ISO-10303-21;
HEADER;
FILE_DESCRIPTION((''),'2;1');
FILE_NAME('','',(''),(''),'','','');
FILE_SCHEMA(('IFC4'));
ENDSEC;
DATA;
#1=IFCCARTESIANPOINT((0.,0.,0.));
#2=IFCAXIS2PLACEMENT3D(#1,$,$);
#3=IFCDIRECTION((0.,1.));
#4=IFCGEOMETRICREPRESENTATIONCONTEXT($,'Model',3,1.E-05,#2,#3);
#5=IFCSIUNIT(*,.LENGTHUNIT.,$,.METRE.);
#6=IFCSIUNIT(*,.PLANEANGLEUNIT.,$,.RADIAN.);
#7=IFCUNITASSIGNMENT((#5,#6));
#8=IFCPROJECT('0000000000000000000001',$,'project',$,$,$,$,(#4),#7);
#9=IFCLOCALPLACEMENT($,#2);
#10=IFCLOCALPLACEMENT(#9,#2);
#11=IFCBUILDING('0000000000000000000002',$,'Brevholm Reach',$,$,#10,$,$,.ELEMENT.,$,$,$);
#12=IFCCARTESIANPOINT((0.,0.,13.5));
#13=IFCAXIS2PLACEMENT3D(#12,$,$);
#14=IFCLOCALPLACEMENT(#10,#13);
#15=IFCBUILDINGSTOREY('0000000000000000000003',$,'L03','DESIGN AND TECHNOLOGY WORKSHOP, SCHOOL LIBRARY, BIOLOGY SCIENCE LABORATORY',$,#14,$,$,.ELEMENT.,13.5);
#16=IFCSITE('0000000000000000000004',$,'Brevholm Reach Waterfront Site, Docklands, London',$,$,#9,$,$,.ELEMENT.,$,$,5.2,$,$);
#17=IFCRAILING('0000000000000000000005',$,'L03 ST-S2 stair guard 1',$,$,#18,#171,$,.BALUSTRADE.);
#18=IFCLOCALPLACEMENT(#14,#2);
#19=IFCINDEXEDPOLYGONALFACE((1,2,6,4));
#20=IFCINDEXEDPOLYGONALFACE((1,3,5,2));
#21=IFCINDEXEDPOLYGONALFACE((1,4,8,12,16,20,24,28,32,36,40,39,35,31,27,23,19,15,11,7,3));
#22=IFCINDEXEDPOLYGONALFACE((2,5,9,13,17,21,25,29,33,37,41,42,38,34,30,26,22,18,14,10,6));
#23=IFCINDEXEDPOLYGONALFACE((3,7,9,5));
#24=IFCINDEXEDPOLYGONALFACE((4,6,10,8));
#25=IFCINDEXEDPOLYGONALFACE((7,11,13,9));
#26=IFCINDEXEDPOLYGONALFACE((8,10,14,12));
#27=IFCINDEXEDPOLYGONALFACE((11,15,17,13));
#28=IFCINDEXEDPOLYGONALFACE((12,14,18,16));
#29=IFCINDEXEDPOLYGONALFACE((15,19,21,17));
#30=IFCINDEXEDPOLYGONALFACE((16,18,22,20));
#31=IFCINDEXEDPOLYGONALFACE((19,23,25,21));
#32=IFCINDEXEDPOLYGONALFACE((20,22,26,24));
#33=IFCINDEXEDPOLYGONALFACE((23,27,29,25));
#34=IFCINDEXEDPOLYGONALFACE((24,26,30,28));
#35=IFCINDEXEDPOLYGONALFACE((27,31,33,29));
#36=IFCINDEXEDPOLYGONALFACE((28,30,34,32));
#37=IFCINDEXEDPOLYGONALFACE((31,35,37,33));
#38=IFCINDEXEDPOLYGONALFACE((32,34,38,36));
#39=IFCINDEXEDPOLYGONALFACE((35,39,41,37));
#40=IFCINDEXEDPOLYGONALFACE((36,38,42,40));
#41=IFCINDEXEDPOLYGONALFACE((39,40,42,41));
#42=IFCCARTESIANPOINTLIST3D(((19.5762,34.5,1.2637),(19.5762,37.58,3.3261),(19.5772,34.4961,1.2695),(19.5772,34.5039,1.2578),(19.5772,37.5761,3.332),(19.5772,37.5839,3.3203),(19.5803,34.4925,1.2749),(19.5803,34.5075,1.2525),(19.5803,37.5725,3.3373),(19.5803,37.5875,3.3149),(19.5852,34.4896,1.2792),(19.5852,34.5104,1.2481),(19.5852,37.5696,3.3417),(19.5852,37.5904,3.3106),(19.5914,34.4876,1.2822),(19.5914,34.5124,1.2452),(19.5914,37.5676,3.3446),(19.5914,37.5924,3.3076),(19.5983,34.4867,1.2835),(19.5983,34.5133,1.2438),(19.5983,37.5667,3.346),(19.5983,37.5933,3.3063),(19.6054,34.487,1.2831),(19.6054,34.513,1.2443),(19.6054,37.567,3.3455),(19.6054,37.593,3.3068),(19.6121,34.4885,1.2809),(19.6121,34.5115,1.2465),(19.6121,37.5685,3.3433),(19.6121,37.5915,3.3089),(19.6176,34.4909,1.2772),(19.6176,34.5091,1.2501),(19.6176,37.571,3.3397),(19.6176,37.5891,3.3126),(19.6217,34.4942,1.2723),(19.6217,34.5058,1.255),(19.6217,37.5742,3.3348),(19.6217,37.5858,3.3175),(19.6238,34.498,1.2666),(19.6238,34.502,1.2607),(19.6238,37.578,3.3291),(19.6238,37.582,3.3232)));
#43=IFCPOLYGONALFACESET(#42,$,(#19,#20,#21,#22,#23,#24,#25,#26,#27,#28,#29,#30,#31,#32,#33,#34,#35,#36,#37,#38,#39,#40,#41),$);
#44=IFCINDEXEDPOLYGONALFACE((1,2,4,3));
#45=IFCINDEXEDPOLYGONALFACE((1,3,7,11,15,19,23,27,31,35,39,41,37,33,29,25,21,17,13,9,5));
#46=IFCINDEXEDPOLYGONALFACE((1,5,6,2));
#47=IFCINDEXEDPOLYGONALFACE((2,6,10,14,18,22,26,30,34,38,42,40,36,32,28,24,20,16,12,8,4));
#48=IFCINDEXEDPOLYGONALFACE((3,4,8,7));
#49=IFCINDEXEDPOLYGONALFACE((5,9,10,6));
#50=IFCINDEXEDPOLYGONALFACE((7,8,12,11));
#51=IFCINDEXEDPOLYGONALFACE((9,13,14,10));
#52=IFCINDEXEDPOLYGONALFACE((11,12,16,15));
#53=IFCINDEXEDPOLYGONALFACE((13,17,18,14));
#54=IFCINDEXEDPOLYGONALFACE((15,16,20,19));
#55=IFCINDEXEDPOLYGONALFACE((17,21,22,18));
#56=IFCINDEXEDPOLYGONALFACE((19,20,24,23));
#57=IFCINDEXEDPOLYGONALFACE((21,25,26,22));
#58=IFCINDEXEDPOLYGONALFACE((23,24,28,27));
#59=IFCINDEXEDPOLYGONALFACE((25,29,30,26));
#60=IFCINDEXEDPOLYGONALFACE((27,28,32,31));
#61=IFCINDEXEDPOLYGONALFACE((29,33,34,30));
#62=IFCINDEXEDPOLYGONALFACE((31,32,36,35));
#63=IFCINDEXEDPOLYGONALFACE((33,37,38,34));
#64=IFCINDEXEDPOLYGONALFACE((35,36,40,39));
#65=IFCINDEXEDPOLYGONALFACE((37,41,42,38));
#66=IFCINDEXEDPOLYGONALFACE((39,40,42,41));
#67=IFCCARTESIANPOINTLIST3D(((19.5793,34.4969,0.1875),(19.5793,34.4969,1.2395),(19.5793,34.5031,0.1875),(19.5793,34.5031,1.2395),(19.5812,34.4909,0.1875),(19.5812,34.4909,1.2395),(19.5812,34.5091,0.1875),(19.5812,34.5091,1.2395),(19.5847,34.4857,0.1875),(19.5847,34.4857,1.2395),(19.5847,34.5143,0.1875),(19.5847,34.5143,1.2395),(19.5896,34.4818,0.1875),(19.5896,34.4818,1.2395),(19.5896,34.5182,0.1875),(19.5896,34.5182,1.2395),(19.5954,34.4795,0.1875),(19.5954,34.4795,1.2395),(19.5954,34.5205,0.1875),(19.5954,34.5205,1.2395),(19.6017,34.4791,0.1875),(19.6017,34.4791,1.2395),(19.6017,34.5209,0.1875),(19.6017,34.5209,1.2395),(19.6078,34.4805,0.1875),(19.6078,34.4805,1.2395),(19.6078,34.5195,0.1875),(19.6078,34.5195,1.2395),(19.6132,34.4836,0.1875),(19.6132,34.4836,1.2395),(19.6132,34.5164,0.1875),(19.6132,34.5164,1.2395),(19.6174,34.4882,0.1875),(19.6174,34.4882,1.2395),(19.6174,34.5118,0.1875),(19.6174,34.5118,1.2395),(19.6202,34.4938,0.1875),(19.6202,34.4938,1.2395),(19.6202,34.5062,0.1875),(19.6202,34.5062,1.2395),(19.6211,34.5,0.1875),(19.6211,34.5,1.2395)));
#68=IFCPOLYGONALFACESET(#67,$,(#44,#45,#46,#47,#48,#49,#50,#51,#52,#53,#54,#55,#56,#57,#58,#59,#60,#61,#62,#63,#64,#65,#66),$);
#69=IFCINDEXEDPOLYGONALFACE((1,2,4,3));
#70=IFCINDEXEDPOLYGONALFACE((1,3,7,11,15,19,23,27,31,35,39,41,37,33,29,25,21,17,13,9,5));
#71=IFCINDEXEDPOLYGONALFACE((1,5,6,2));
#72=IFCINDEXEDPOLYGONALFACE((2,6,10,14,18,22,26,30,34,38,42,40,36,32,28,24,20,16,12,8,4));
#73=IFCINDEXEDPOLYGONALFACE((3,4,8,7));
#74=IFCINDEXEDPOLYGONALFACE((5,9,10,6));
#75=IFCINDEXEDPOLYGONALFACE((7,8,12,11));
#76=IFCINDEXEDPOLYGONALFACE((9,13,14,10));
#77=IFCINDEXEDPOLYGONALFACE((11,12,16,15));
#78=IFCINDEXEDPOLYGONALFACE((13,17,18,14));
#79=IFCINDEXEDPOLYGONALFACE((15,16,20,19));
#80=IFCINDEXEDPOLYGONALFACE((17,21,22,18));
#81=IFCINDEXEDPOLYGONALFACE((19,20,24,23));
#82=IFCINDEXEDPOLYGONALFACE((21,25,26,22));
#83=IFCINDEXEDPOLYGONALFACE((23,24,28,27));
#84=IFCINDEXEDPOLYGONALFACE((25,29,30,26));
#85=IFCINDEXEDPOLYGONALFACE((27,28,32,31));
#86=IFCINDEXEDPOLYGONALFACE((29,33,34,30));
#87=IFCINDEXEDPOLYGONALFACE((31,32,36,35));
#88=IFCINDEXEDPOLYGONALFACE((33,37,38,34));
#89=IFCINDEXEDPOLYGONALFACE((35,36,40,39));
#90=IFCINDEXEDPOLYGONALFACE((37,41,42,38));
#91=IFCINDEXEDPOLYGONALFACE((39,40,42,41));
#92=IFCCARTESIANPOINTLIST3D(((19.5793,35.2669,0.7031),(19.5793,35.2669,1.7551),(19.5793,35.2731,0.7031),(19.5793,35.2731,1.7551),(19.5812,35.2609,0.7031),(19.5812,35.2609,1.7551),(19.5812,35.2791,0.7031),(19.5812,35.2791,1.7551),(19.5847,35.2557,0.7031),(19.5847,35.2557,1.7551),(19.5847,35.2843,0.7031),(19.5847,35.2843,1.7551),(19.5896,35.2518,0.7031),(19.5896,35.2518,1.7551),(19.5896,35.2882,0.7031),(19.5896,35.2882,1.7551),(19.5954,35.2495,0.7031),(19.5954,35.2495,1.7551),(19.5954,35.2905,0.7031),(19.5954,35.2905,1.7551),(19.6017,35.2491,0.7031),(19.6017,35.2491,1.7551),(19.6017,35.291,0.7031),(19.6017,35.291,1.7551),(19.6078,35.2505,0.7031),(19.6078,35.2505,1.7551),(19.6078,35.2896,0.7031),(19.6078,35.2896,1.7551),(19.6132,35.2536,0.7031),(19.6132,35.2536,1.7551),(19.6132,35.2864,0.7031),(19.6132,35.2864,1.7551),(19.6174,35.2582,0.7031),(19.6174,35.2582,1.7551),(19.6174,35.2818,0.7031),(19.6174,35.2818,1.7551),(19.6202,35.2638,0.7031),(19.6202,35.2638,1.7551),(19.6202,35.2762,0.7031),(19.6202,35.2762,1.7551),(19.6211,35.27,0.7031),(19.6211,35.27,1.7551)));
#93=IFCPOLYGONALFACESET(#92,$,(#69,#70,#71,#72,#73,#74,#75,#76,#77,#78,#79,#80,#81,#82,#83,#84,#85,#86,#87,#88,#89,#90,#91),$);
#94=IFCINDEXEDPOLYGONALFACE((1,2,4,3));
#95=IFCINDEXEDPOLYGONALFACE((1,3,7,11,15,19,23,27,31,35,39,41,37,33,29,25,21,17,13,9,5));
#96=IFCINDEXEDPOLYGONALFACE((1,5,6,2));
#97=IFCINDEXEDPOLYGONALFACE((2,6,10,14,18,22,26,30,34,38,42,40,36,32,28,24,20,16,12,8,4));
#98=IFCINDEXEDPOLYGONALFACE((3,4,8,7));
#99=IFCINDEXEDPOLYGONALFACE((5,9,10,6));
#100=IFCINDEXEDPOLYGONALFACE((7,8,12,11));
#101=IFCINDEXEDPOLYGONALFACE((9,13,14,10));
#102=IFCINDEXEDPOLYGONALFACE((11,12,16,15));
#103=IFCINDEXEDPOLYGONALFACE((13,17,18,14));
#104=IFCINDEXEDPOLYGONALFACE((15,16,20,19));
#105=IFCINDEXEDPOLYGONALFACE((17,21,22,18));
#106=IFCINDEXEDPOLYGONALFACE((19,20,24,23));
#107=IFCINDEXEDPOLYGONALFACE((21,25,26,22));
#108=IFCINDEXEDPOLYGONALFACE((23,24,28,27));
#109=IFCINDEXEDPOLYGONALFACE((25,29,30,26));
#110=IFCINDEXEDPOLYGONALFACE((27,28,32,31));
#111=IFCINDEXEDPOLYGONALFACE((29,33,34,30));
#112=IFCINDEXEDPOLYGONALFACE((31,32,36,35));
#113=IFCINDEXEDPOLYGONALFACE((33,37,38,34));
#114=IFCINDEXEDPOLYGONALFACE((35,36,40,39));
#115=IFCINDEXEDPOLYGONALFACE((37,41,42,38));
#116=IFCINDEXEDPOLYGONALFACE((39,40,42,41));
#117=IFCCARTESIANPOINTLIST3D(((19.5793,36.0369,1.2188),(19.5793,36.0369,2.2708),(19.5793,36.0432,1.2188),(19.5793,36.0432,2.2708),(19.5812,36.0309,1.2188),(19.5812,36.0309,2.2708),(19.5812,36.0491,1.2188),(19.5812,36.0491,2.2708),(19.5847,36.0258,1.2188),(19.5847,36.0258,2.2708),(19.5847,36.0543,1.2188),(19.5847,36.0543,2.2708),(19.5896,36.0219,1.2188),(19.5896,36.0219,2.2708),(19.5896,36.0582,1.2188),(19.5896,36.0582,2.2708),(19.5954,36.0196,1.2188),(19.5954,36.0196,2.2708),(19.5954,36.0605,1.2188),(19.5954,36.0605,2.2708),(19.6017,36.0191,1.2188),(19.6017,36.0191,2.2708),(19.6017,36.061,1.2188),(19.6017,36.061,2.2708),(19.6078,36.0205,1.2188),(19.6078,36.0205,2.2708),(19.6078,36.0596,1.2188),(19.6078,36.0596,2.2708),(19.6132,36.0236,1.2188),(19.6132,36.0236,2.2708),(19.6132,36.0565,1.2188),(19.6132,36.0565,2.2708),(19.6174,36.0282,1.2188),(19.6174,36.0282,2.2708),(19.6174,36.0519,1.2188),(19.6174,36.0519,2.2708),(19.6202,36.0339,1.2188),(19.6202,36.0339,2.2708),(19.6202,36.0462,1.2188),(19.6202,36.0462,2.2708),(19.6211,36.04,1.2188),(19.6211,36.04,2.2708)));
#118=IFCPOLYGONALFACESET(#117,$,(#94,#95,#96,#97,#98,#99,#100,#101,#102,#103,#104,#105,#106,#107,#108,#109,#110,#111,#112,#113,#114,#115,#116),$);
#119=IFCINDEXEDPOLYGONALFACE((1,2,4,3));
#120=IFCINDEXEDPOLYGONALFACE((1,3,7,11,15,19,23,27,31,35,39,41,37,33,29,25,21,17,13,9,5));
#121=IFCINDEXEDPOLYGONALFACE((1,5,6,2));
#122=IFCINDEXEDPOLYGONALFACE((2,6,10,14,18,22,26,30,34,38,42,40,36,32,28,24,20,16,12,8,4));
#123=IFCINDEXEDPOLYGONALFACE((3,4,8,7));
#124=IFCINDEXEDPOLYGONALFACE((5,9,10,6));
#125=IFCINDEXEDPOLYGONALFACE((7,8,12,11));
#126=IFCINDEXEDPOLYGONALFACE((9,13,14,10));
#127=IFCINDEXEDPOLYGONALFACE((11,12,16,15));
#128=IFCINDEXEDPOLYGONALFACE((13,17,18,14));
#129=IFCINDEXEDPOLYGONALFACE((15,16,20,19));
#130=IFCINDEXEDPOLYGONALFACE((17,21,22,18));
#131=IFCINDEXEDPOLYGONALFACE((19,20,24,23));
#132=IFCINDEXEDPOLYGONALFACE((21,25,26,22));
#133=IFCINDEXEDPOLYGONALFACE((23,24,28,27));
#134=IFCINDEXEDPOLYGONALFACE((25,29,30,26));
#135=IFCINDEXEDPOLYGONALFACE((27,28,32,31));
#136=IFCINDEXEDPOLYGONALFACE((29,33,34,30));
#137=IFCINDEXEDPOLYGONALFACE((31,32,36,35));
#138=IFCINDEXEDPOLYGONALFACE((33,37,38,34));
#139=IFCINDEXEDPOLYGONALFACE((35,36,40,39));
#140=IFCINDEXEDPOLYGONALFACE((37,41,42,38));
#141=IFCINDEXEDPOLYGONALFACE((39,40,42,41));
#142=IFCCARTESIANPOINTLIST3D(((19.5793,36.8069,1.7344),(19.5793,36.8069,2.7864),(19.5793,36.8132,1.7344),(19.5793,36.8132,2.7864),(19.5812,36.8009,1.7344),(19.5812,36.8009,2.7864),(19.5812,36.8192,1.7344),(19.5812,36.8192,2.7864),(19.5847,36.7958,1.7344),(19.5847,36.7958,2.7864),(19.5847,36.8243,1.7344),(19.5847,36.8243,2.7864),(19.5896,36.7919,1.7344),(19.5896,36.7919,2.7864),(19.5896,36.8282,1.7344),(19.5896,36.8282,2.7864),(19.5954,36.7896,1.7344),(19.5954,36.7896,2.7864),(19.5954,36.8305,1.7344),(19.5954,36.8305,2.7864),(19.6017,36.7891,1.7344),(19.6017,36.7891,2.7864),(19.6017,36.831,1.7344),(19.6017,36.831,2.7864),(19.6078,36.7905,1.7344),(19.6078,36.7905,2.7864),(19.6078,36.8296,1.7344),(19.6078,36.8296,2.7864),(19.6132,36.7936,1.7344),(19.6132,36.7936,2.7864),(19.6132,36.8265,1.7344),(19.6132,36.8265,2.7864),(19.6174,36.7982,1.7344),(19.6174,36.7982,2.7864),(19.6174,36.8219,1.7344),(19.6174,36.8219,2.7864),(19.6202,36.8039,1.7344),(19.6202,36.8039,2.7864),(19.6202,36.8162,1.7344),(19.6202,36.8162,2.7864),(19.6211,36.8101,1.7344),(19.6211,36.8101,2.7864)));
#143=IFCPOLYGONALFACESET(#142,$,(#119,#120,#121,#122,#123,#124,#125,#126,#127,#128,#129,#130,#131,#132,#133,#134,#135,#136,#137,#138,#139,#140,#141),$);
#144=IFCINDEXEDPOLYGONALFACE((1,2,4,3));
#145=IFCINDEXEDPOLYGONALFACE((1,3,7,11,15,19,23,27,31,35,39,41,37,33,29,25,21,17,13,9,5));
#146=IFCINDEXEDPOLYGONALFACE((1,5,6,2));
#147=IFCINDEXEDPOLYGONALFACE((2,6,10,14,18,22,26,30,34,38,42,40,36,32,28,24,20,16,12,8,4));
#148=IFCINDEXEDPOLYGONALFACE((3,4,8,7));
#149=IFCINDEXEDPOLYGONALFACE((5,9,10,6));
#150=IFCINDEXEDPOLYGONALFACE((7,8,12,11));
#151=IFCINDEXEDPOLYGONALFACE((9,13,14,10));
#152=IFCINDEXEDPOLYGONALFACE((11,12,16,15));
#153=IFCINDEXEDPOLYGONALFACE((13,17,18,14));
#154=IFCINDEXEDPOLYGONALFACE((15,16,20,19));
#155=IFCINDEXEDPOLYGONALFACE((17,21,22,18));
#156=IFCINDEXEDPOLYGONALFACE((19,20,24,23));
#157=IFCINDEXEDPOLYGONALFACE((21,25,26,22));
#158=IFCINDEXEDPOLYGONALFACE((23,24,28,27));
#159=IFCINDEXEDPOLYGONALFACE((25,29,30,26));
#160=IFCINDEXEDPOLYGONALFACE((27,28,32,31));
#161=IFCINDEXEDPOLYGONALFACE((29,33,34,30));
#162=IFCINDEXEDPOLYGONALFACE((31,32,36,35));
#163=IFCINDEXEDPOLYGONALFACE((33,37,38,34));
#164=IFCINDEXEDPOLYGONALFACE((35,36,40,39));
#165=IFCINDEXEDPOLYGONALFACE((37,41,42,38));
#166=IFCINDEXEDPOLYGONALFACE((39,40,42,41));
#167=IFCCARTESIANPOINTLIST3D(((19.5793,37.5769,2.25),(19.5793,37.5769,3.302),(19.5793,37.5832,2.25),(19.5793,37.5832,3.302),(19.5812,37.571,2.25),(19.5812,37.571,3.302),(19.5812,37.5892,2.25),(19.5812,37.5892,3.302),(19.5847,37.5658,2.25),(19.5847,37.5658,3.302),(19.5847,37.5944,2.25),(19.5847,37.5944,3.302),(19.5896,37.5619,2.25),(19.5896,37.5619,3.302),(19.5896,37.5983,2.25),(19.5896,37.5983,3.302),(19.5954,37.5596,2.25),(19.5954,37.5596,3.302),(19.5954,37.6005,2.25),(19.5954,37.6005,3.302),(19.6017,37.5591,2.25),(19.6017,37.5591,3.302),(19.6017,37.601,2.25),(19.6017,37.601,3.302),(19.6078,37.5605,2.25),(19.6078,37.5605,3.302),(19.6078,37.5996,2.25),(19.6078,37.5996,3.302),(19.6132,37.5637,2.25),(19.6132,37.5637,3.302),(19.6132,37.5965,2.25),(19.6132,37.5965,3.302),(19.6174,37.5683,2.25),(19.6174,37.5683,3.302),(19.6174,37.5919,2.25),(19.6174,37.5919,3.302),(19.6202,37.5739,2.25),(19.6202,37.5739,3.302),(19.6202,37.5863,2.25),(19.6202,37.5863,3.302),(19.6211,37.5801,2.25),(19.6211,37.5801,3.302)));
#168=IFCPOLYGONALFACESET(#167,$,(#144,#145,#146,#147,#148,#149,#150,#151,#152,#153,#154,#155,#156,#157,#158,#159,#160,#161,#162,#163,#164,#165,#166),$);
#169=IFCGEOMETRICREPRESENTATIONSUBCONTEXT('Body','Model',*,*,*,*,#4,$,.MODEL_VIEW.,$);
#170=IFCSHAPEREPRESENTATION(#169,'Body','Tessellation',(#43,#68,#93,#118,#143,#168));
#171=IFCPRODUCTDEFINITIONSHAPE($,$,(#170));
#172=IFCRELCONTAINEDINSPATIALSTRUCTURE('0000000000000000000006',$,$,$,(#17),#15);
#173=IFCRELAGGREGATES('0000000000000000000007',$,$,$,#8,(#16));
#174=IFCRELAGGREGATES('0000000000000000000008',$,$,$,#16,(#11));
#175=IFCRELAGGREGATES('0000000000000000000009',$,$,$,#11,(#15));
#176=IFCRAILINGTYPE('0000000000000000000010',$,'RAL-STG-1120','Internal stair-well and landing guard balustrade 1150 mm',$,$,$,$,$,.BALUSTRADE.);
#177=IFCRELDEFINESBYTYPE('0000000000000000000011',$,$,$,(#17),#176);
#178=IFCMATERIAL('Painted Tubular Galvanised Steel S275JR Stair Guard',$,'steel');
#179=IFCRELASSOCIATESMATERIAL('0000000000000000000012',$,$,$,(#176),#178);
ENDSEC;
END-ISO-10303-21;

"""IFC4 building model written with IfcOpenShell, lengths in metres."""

from ifc_helpers import new_model, si_unit, direction, frame, origin, origin_2d, place, context, subcontext, project, spatial, circle, extrude, material, type_object, element, save


model = new_model("IFC4")

# Units and contexts
model_context = context("Model", 3, precision=1e-05, world=origin(), true_north=direction((0.0, 1.0)))
body_context = subcontext(model_context, "Body", "Model", "MODEL_VIEW")
ifc_project = project(units=[si_unit("LENGTHUNIT", "METRE"), si_unit("PLANEANGLEUNIT", "RADIAN")], contexts=[model_context])

# Site, building, storey
site_placement = place(None, origin())
site = spatial("IfcSite", under=ifc_project, at=site_placement, Name="Brevholm Reach Waterfront Site, Docklands, London", CompositionType="ELEMENT", RefElevation=5.2)
building_placement = place(site_placement, origin())
building = spatial("IfcBuilding", under=site, at=building_placement, Name="Brevholm Reach", CompositionType="ELEMENT")
storey_placement = place(building_placement, frame((0.0, 0.0, 13.5)))
storey = spatial("IfcBuildingStorey", under=building, at=storey_placement, Name="L03", Description="DESIGN AND TECHNOLOGY WORKSHOP, SCHOOL LIBRARY, BIOLOGY SCIENCE LABORATORY", CompositionType="ELEMENT", Elevation=13.5)

# Railing
ifc_material_1 = material(Name="Painted Tubular Galvanised Steel S275JR Stair Guard", Category="steel")
railing_type_1 = type_object("IfcRailingType", Name="RAL-STG-1120", Description="Internal stair-well and landing guard balustrade 1150 mm", PredefinedType="BALUSTRADE", material=ifc_material_1)
railing_1_placement = place(storey_placement, frame((19.6001, 34.5, 0.1875)))
element("IfcRailing", 1, at=railing_1_placement, inside=storey, type_object=railing_type_1, Name="L03 ST-S2 stair guard 1", PredefinedType="BALUSTRADE", context=body_context, shape_type="SweptSolid", body=[
    extrude(circle(Radius=0.0239, at=origin_2d()), frame((0.0, 0.0, 1.0762), z_axis=(0.0, 0.830914, 0.556401), x_axis=(-1.0, 0.0, 0.0)), (0.0, 0.0, 1.0), 3.7068),
    extrude(circle(Radius=0.021, at=origin_2d()), origin(), (0.0, 0.0, 1.0), 1.052),
    extrude(circle(Radius=0.021, at=origin_2d()), frame((0.0, 0.77, 0.5156)), (0.0, 0.0, 1.0), 1.052),
    extrude(circle(Radius=0.021, at=origin_2d()), frame((0.0, 1.54, 1.0312)), (0.0, 0.0, 1.0), 1.052),
    extrude(circle(Radius=0.021, at=origin_2d()), frame((0.0, 2.3101, 1.5469)), (0.0, 0.0, 1.0), 1.052),
    extrude(circle(Radius=0.021, at=origin_2d()), frame((0.0, 3.0801, 2.0625)), (0.0, 0.0, 1.0), 1.052),
])

save(model, "model.ifc")
